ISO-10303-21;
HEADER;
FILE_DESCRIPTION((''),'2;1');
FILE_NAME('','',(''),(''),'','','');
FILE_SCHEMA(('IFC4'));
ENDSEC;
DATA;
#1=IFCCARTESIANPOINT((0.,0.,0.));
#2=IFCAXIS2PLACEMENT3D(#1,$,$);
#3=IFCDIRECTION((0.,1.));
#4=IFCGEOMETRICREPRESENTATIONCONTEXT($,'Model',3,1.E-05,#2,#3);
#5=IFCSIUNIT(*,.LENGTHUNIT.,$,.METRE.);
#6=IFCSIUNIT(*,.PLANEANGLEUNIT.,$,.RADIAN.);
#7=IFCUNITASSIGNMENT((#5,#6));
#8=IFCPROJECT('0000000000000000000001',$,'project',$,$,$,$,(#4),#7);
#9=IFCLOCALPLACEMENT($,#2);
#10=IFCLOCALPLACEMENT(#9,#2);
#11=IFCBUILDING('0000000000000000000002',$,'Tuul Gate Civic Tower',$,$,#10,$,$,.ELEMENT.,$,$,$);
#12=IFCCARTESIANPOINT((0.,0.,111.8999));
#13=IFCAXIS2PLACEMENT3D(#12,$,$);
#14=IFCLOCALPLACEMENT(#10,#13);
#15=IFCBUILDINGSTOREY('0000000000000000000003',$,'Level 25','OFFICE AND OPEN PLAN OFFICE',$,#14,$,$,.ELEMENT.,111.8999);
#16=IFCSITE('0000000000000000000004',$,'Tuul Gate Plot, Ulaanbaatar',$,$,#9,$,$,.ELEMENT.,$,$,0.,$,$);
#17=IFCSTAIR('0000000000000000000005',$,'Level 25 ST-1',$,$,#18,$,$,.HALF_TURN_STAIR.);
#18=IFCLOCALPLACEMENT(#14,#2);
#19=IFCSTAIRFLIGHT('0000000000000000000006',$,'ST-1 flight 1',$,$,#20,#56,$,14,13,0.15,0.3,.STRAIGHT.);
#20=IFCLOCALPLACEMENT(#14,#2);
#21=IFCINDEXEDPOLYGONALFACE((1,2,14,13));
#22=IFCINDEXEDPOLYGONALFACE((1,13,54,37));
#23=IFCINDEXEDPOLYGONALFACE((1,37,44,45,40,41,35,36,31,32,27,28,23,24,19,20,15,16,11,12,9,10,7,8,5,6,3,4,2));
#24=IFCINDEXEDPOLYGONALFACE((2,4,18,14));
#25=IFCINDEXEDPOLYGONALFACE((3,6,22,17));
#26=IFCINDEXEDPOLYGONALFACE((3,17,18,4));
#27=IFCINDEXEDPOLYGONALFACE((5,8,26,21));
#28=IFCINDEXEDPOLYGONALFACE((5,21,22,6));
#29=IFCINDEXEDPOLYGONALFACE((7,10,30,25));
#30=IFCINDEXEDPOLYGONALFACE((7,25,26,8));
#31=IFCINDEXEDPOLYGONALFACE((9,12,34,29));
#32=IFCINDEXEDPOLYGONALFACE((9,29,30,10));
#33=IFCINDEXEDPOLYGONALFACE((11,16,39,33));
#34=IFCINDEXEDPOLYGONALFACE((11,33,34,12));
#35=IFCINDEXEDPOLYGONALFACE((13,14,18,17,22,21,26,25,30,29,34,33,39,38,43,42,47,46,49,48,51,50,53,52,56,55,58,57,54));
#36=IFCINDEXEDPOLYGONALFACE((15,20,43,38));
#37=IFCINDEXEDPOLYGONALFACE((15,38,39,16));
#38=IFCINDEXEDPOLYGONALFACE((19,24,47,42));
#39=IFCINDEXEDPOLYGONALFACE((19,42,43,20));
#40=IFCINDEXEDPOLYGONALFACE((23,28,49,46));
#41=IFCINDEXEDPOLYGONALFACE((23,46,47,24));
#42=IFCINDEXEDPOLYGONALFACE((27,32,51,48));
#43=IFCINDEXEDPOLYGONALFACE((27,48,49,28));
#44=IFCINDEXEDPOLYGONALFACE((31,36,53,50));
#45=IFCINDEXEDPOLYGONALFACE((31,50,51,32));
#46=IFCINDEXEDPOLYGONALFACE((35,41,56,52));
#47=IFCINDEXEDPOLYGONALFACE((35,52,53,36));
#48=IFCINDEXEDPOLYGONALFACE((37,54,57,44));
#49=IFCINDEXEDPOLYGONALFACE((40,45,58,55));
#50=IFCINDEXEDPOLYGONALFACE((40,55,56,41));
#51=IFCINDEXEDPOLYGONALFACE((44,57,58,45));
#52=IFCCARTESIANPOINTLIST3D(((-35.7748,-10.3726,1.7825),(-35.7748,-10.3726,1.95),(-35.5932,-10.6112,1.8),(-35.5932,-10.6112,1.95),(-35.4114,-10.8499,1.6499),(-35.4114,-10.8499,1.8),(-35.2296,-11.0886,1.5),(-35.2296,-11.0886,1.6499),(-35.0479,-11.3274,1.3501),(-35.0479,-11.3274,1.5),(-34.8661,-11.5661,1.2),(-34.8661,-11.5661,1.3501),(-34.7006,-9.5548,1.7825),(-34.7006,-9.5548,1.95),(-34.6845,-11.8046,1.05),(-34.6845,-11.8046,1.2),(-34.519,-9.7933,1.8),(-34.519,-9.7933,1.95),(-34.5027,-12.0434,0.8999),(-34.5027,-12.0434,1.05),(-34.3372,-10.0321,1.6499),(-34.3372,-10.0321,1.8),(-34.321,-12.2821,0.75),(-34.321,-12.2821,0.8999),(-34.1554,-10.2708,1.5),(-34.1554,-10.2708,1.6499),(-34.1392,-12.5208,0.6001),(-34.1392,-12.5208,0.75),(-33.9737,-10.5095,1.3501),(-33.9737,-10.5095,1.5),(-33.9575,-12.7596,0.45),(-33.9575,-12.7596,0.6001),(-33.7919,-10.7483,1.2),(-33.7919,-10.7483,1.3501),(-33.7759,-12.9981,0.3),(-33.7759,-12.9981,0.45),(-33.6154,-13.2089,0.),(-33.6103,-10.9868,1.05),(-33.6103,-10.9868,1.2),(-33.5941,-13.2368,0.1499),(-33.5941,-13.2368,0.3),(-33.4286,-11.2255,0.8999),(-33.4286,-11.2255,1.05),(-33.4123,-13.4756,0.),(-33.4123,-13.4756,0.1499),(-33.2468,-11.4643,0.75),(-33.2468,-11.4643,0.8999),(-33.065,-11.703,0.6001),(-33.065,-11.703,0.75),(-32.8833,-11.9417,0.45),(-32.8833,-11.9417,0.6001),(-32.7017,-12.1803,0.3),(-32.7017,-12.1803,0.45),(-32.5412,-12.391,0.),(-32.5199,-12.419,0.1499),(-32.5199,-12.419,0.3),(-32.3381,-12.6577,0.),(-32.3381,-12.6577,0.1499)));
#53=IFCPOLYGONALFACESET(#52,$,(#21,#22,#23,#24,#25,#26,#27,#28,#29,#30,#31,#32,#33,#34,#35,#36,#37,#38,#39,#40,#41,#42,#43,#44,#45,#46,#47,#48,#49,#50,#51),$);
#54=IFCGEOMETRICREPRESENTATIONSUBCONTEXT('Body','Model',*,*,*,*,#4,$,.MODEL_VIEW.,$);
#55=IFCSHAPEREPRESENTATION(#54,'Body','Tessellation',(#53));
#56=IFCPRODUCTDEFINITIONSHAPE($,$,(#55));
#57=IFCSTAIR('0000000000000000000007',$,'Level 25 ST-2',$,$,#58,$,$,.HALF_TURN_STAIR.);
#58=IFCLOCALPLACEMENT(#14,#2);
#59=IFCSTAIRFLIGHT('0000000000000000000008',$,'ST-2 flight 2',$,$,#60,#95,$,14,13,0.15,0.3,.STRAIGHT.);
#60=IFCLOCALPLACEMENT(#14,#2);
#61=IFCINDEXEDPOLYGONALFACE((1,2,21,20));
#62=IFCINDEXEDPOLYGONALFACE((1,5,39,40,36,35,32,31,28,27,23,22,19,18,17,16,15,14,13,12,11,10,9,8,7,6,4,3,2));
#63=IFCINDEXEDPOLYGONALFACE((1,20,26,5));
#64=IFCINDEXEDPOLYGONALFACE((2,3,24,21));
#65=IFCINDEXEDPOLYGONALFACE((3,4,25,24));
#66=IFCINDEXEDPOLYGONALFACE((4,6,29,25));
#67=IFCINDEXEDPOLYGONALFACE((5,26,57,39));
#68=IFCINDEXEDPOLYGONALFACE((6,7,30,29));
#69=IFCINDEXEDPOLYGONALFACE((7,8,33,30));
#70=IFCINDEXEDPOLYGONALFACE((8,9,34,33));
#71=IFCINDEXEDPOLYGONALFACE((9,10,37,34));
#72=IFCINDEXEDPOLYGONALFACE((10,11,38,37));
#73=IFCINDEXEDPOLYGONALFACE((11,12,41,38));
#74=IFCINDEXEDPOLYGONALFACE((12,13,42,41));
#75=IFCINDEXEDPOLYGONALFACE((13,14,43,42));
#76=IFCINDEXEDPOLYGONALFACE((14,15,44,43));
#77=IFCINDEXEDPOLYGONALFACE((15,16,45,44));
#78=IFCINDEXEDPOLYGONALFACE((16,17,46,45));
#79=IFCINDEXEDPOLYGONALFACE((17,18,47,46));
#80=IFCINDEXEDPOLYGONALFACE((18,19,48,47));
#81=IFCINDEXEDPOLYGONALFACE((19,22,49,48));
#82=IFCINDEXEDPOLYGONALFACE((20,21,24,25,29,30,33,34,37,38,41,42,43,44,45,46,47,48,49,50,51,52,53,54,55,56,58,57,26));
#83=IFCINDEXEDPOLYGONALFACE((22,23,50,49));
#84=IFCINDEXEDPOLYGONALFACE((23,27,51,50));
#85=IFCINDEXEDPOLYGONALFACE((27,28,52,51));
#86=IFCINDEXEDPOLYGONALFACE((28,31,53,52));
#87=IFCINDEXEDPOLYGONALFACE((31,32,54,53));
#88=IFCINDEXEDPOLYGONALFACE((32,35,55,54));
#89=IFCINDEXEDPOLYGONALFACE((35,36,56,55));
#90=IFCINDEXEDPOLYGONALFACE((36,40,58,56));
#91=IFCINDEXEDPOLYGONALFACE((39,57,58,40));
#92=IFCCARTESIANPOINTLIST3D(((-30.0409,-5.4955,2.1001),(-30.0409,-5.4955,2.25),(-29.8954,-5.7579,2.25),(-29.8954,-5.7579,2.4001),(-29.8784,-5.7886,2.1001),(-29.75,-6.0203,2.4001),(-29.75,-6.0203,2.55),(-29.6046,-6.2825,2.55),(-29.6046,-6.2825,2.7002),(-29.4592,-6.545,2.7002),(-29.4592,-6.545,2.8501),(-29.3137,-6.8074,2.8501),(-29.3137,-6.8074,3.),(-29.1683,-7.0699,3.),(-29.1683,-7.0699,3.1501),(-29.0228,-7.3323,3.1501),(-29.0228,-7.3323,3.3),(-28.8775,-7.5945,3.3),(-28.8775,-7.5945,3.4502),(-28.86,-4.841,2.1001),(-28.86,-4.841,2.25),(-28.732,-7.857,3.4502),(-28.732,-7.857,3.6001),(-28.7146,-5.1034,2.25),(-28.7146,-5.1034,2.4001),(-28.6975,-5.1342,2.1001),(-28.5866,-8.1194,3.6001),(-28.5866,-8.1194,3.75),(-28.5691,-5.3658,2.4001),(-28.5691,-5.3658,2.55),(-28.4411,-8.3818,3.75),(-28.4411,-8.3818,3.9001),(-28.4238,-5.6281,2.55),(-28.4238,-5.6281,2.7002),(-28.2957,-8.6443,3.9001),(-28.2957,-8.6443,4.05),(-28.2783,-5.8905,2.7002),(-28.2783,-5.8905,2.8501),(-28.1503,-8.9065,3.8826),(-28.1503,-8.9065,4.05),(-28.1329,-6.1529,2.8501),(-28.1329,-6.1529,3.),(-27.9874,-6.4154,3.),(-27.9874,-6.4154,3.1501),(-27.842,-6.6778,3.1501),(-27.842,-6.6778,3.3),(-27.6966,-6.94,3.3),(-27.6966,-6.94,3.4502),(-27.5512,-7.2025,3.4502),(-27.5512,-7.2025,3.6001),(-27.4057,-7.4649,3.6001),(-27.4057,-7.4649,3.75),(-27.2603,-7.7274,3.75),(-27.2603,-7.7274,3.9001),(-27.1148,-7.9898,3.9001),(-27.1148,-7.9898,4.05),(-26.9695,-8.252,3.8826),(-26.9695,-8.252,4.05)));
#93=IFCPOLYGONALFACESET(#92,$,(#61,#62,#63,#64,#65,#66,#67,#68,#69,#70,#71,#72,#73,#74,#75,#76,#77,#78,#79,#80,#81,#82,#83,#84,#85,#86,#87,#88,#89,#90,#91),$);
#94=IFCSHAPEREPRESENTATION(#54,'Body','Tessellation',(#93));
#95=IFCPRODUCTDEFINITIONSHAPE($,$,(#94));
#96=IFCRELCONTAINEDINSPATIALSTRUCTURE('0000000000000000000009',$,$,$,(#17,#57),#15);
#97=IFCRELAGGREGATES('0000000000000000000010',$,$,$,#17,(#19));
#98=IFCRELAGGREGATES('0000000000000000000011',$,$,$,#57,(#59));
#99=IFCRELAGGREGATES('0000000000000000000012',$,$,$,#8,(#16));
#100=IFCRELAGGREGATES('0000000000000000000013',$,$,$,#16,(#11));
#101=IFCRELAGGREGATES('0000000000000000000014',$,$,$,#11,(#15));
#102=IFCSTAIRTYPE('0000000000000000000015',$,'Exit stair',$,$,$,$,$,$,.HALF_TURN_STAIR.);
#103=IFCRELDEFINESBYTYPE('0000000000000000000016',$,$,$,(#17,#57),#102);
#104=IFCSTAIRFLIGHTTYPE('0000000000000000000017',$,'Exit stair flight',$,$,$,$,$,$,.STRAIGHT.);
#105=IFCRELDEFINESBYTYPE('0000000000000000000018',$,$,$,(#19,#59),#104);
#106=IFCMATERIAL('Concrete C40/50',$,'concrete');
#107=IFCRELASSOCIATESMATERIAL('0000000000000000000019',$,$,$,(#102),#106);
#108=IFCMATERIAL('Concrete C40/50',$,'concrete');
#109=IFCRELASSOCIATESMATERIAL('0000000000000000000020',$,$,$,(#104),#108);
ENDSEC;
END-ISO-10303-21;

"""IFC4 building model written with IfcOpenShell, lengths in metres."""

from ifc_helpers import new_model, si_unit, direction, frame, origin, place, context, subcontext, project, spatial, polyline, outline, extrude, material, type_object, element, aggregate, save


model = new_model("IFC4")

# Units and contexts
model_context = context("Model", 3, precision=1e-05, world=origin(), true_north=direction((0.0, 1.0)))
body_context = subcontext(model_context, "Body", "Model", "MODEL_VIEW")
ifc_project = project(units=[si_unit("LENGTHUNIT", "METRE"), si_unit("PLANEANGLEUNIT", "RADIAN")], contexts=[model_context])

# Site, building, storey
site_placement = place(None, origin())
site = spatial("IfcSite", under=ifc_project, at=site_placement, Name="Tuul Gate Plot, Ulaanbaatar", CompositionType="ELEMENT", RefElevation=0.0)
building_placement = place(site_placement, origin())
building = spatial("IfcBuilding", under=site, at=building_placement, Name="Tuul Gate Civic Tower", CompositionType="ELEMENT")
storey_placement = place(building_placement, frame((0.0, 0.0, 111.8999)))
storey = spatial("IfcBuildingStorey", under=building, at=storey_placement, Name="Level 25", Description="OFFICE AND OPEN PLAN OFFICE", CompositionType="ELEMENT", Elevation=111.8999)

# Stairs, stair flights
ifc_material_1 = material(Name="Concrete C40/50", Category="concrete")
stair_type = type_object("IfcStairType", Name="Exit stair", PredefinedType="HALF_TURN_STAIR", material=ifc_material_1)
stair_1_placement = place(storey_placement, origin())
stair_1 = element("IfcStair", 1, at=stair_1_placement, inside=storey, type_object=stair_type, Name="Level 25 ST-1", PredefinedType="HALF_TURN_STAIR")
ifc_material_2 = material(Name="Concrete C40/50", Category="concrete")
stair_flight_type = type_object("IfcStairFlightType", Name="Exit stair flight", PredefinedType="STRAIGHT", material=ifc_material_2)
stair_flight_1_placement = place(storey_placement, frame((-32.8752, -13.0667, 0.0), z_axis=(0.0, 0.0, 1.0), x_axis=(-0.605764, 0.795644, 0.0)))
stair_flight_1 = element("IfcStairFlight", 2, at=stair_flight_1_placement, type_object=stair_flight_type, Name="ST-1 flight 1", NumberOfRisers=14, NumberOfTreads=13, PredefinedType="STRAIGHT", RiserHeight=0.15, TreadLength=0.3, context=body_context, shape_type="SweptSolid", body=[
    extrude(outline(polyline([(0.0, 0.0), (0.0, 0.1499), (0.3, 0.1499), (0.3, 0.3), (0.6001, 0.3), (0.6001, 0.45), (0.8999, 0.45), (0.8999, 0.6001), (1.2, 0.6001), (1.2, 0.75), (1.5, 0.75), (1.5, 0.8999), (1.8, 0.8999), (1.8, 1.05), (2.1001, 1.05), (2.1001, 1.2), (2.3999, 1.2), (2.3999, 1.3501), (2.7, 1.3501), (2.7, 1.5), (3.0, 1.5), (3.0, 1.6499), (3.3, 1.6499), (3.3, 1.8), (3.6001, 1.8), (3.6001, 1.95), (3.8999, 1.95), (3.8999, 2.1001), (3.8999, 1.7825), (0.3352, 0.0), (0.0, 0.0)])), frame((0.0, 0.675, 0.0), z_axis=(0.0, -1.0, 0.0), x_axis=(1.0, 0.0, 0.0)), (0.0, 0.0, 1.0), 1.3501),
])
aggregate(stair_1, [stair_flight_1])
stair_2_placement = place(storey_placement, origin())
stair_2 = element("IfcStair", 3, at=stair_2_placement, inside=storey, type_object=stair_type, Name="Level 25 ST-2", PredefinedType="HALF_TURN_STAIR")
stair_flight_2_placement = place(storey_placement, frame((-29.4504, -5.1682, 2.1001), z_axis=(0.0, 0.0, 1.0), x_axis=(0.484762, -0.874646, 0.0)))
stair_flight_2 = element("IfcStairFlight", 4, at=stair_flight_2_placement, type_object=stair_flight_type, Name="ST-2 flight 2", NumberOfRisers=14, NumberOfTreads=13, PredefinedType="STRAIGHT", RiserHeight=0.15, TreadLength=0.3, context=body_context, shape_type="SweptSolid", body=[
    extrude(outline(polyline([(0.0, 0.0), (0.0, 0.1499), (0.3, 0.1499), (0.3, 0.3), (0.6001, 0.3), (0.6001, 0.45), (0.8999, 0.45), (0.8999, 0.6001), (1.2, 0.6001), (1.2, 0.75), (1.5, 0.75), (1.5, 0.8999), (1.8, 0.8999), (1.8, 1.05), (2.1001, 1.05), (2.1001, 1.2), (2.3999, 1.2), (2.3999, 1.3501), (2.7, 1.3501), (2.7, 1.5), (3.0, 1.5), (3.0, 1.6499), (3.3, 1.6499), (3.3, 1.8), (3.6001, 1.8), (3.6001, 1.95), (3.8999, 1.95), (3.8999, 2.1001), (3.8999, 1.7825), (0.3352, 0.0), (0.0, 0.0)])), frame((0.0, 0.675, 0.0), z_axis=(0.0, -1.0, 0.0), x_axis=(1.0, 0.0, 0.0)), (0.0, 0.0, 1.0), 1.3501),
])
aggregate(stair_2, [stair_flight_2])

save(model, "model.ifc")
